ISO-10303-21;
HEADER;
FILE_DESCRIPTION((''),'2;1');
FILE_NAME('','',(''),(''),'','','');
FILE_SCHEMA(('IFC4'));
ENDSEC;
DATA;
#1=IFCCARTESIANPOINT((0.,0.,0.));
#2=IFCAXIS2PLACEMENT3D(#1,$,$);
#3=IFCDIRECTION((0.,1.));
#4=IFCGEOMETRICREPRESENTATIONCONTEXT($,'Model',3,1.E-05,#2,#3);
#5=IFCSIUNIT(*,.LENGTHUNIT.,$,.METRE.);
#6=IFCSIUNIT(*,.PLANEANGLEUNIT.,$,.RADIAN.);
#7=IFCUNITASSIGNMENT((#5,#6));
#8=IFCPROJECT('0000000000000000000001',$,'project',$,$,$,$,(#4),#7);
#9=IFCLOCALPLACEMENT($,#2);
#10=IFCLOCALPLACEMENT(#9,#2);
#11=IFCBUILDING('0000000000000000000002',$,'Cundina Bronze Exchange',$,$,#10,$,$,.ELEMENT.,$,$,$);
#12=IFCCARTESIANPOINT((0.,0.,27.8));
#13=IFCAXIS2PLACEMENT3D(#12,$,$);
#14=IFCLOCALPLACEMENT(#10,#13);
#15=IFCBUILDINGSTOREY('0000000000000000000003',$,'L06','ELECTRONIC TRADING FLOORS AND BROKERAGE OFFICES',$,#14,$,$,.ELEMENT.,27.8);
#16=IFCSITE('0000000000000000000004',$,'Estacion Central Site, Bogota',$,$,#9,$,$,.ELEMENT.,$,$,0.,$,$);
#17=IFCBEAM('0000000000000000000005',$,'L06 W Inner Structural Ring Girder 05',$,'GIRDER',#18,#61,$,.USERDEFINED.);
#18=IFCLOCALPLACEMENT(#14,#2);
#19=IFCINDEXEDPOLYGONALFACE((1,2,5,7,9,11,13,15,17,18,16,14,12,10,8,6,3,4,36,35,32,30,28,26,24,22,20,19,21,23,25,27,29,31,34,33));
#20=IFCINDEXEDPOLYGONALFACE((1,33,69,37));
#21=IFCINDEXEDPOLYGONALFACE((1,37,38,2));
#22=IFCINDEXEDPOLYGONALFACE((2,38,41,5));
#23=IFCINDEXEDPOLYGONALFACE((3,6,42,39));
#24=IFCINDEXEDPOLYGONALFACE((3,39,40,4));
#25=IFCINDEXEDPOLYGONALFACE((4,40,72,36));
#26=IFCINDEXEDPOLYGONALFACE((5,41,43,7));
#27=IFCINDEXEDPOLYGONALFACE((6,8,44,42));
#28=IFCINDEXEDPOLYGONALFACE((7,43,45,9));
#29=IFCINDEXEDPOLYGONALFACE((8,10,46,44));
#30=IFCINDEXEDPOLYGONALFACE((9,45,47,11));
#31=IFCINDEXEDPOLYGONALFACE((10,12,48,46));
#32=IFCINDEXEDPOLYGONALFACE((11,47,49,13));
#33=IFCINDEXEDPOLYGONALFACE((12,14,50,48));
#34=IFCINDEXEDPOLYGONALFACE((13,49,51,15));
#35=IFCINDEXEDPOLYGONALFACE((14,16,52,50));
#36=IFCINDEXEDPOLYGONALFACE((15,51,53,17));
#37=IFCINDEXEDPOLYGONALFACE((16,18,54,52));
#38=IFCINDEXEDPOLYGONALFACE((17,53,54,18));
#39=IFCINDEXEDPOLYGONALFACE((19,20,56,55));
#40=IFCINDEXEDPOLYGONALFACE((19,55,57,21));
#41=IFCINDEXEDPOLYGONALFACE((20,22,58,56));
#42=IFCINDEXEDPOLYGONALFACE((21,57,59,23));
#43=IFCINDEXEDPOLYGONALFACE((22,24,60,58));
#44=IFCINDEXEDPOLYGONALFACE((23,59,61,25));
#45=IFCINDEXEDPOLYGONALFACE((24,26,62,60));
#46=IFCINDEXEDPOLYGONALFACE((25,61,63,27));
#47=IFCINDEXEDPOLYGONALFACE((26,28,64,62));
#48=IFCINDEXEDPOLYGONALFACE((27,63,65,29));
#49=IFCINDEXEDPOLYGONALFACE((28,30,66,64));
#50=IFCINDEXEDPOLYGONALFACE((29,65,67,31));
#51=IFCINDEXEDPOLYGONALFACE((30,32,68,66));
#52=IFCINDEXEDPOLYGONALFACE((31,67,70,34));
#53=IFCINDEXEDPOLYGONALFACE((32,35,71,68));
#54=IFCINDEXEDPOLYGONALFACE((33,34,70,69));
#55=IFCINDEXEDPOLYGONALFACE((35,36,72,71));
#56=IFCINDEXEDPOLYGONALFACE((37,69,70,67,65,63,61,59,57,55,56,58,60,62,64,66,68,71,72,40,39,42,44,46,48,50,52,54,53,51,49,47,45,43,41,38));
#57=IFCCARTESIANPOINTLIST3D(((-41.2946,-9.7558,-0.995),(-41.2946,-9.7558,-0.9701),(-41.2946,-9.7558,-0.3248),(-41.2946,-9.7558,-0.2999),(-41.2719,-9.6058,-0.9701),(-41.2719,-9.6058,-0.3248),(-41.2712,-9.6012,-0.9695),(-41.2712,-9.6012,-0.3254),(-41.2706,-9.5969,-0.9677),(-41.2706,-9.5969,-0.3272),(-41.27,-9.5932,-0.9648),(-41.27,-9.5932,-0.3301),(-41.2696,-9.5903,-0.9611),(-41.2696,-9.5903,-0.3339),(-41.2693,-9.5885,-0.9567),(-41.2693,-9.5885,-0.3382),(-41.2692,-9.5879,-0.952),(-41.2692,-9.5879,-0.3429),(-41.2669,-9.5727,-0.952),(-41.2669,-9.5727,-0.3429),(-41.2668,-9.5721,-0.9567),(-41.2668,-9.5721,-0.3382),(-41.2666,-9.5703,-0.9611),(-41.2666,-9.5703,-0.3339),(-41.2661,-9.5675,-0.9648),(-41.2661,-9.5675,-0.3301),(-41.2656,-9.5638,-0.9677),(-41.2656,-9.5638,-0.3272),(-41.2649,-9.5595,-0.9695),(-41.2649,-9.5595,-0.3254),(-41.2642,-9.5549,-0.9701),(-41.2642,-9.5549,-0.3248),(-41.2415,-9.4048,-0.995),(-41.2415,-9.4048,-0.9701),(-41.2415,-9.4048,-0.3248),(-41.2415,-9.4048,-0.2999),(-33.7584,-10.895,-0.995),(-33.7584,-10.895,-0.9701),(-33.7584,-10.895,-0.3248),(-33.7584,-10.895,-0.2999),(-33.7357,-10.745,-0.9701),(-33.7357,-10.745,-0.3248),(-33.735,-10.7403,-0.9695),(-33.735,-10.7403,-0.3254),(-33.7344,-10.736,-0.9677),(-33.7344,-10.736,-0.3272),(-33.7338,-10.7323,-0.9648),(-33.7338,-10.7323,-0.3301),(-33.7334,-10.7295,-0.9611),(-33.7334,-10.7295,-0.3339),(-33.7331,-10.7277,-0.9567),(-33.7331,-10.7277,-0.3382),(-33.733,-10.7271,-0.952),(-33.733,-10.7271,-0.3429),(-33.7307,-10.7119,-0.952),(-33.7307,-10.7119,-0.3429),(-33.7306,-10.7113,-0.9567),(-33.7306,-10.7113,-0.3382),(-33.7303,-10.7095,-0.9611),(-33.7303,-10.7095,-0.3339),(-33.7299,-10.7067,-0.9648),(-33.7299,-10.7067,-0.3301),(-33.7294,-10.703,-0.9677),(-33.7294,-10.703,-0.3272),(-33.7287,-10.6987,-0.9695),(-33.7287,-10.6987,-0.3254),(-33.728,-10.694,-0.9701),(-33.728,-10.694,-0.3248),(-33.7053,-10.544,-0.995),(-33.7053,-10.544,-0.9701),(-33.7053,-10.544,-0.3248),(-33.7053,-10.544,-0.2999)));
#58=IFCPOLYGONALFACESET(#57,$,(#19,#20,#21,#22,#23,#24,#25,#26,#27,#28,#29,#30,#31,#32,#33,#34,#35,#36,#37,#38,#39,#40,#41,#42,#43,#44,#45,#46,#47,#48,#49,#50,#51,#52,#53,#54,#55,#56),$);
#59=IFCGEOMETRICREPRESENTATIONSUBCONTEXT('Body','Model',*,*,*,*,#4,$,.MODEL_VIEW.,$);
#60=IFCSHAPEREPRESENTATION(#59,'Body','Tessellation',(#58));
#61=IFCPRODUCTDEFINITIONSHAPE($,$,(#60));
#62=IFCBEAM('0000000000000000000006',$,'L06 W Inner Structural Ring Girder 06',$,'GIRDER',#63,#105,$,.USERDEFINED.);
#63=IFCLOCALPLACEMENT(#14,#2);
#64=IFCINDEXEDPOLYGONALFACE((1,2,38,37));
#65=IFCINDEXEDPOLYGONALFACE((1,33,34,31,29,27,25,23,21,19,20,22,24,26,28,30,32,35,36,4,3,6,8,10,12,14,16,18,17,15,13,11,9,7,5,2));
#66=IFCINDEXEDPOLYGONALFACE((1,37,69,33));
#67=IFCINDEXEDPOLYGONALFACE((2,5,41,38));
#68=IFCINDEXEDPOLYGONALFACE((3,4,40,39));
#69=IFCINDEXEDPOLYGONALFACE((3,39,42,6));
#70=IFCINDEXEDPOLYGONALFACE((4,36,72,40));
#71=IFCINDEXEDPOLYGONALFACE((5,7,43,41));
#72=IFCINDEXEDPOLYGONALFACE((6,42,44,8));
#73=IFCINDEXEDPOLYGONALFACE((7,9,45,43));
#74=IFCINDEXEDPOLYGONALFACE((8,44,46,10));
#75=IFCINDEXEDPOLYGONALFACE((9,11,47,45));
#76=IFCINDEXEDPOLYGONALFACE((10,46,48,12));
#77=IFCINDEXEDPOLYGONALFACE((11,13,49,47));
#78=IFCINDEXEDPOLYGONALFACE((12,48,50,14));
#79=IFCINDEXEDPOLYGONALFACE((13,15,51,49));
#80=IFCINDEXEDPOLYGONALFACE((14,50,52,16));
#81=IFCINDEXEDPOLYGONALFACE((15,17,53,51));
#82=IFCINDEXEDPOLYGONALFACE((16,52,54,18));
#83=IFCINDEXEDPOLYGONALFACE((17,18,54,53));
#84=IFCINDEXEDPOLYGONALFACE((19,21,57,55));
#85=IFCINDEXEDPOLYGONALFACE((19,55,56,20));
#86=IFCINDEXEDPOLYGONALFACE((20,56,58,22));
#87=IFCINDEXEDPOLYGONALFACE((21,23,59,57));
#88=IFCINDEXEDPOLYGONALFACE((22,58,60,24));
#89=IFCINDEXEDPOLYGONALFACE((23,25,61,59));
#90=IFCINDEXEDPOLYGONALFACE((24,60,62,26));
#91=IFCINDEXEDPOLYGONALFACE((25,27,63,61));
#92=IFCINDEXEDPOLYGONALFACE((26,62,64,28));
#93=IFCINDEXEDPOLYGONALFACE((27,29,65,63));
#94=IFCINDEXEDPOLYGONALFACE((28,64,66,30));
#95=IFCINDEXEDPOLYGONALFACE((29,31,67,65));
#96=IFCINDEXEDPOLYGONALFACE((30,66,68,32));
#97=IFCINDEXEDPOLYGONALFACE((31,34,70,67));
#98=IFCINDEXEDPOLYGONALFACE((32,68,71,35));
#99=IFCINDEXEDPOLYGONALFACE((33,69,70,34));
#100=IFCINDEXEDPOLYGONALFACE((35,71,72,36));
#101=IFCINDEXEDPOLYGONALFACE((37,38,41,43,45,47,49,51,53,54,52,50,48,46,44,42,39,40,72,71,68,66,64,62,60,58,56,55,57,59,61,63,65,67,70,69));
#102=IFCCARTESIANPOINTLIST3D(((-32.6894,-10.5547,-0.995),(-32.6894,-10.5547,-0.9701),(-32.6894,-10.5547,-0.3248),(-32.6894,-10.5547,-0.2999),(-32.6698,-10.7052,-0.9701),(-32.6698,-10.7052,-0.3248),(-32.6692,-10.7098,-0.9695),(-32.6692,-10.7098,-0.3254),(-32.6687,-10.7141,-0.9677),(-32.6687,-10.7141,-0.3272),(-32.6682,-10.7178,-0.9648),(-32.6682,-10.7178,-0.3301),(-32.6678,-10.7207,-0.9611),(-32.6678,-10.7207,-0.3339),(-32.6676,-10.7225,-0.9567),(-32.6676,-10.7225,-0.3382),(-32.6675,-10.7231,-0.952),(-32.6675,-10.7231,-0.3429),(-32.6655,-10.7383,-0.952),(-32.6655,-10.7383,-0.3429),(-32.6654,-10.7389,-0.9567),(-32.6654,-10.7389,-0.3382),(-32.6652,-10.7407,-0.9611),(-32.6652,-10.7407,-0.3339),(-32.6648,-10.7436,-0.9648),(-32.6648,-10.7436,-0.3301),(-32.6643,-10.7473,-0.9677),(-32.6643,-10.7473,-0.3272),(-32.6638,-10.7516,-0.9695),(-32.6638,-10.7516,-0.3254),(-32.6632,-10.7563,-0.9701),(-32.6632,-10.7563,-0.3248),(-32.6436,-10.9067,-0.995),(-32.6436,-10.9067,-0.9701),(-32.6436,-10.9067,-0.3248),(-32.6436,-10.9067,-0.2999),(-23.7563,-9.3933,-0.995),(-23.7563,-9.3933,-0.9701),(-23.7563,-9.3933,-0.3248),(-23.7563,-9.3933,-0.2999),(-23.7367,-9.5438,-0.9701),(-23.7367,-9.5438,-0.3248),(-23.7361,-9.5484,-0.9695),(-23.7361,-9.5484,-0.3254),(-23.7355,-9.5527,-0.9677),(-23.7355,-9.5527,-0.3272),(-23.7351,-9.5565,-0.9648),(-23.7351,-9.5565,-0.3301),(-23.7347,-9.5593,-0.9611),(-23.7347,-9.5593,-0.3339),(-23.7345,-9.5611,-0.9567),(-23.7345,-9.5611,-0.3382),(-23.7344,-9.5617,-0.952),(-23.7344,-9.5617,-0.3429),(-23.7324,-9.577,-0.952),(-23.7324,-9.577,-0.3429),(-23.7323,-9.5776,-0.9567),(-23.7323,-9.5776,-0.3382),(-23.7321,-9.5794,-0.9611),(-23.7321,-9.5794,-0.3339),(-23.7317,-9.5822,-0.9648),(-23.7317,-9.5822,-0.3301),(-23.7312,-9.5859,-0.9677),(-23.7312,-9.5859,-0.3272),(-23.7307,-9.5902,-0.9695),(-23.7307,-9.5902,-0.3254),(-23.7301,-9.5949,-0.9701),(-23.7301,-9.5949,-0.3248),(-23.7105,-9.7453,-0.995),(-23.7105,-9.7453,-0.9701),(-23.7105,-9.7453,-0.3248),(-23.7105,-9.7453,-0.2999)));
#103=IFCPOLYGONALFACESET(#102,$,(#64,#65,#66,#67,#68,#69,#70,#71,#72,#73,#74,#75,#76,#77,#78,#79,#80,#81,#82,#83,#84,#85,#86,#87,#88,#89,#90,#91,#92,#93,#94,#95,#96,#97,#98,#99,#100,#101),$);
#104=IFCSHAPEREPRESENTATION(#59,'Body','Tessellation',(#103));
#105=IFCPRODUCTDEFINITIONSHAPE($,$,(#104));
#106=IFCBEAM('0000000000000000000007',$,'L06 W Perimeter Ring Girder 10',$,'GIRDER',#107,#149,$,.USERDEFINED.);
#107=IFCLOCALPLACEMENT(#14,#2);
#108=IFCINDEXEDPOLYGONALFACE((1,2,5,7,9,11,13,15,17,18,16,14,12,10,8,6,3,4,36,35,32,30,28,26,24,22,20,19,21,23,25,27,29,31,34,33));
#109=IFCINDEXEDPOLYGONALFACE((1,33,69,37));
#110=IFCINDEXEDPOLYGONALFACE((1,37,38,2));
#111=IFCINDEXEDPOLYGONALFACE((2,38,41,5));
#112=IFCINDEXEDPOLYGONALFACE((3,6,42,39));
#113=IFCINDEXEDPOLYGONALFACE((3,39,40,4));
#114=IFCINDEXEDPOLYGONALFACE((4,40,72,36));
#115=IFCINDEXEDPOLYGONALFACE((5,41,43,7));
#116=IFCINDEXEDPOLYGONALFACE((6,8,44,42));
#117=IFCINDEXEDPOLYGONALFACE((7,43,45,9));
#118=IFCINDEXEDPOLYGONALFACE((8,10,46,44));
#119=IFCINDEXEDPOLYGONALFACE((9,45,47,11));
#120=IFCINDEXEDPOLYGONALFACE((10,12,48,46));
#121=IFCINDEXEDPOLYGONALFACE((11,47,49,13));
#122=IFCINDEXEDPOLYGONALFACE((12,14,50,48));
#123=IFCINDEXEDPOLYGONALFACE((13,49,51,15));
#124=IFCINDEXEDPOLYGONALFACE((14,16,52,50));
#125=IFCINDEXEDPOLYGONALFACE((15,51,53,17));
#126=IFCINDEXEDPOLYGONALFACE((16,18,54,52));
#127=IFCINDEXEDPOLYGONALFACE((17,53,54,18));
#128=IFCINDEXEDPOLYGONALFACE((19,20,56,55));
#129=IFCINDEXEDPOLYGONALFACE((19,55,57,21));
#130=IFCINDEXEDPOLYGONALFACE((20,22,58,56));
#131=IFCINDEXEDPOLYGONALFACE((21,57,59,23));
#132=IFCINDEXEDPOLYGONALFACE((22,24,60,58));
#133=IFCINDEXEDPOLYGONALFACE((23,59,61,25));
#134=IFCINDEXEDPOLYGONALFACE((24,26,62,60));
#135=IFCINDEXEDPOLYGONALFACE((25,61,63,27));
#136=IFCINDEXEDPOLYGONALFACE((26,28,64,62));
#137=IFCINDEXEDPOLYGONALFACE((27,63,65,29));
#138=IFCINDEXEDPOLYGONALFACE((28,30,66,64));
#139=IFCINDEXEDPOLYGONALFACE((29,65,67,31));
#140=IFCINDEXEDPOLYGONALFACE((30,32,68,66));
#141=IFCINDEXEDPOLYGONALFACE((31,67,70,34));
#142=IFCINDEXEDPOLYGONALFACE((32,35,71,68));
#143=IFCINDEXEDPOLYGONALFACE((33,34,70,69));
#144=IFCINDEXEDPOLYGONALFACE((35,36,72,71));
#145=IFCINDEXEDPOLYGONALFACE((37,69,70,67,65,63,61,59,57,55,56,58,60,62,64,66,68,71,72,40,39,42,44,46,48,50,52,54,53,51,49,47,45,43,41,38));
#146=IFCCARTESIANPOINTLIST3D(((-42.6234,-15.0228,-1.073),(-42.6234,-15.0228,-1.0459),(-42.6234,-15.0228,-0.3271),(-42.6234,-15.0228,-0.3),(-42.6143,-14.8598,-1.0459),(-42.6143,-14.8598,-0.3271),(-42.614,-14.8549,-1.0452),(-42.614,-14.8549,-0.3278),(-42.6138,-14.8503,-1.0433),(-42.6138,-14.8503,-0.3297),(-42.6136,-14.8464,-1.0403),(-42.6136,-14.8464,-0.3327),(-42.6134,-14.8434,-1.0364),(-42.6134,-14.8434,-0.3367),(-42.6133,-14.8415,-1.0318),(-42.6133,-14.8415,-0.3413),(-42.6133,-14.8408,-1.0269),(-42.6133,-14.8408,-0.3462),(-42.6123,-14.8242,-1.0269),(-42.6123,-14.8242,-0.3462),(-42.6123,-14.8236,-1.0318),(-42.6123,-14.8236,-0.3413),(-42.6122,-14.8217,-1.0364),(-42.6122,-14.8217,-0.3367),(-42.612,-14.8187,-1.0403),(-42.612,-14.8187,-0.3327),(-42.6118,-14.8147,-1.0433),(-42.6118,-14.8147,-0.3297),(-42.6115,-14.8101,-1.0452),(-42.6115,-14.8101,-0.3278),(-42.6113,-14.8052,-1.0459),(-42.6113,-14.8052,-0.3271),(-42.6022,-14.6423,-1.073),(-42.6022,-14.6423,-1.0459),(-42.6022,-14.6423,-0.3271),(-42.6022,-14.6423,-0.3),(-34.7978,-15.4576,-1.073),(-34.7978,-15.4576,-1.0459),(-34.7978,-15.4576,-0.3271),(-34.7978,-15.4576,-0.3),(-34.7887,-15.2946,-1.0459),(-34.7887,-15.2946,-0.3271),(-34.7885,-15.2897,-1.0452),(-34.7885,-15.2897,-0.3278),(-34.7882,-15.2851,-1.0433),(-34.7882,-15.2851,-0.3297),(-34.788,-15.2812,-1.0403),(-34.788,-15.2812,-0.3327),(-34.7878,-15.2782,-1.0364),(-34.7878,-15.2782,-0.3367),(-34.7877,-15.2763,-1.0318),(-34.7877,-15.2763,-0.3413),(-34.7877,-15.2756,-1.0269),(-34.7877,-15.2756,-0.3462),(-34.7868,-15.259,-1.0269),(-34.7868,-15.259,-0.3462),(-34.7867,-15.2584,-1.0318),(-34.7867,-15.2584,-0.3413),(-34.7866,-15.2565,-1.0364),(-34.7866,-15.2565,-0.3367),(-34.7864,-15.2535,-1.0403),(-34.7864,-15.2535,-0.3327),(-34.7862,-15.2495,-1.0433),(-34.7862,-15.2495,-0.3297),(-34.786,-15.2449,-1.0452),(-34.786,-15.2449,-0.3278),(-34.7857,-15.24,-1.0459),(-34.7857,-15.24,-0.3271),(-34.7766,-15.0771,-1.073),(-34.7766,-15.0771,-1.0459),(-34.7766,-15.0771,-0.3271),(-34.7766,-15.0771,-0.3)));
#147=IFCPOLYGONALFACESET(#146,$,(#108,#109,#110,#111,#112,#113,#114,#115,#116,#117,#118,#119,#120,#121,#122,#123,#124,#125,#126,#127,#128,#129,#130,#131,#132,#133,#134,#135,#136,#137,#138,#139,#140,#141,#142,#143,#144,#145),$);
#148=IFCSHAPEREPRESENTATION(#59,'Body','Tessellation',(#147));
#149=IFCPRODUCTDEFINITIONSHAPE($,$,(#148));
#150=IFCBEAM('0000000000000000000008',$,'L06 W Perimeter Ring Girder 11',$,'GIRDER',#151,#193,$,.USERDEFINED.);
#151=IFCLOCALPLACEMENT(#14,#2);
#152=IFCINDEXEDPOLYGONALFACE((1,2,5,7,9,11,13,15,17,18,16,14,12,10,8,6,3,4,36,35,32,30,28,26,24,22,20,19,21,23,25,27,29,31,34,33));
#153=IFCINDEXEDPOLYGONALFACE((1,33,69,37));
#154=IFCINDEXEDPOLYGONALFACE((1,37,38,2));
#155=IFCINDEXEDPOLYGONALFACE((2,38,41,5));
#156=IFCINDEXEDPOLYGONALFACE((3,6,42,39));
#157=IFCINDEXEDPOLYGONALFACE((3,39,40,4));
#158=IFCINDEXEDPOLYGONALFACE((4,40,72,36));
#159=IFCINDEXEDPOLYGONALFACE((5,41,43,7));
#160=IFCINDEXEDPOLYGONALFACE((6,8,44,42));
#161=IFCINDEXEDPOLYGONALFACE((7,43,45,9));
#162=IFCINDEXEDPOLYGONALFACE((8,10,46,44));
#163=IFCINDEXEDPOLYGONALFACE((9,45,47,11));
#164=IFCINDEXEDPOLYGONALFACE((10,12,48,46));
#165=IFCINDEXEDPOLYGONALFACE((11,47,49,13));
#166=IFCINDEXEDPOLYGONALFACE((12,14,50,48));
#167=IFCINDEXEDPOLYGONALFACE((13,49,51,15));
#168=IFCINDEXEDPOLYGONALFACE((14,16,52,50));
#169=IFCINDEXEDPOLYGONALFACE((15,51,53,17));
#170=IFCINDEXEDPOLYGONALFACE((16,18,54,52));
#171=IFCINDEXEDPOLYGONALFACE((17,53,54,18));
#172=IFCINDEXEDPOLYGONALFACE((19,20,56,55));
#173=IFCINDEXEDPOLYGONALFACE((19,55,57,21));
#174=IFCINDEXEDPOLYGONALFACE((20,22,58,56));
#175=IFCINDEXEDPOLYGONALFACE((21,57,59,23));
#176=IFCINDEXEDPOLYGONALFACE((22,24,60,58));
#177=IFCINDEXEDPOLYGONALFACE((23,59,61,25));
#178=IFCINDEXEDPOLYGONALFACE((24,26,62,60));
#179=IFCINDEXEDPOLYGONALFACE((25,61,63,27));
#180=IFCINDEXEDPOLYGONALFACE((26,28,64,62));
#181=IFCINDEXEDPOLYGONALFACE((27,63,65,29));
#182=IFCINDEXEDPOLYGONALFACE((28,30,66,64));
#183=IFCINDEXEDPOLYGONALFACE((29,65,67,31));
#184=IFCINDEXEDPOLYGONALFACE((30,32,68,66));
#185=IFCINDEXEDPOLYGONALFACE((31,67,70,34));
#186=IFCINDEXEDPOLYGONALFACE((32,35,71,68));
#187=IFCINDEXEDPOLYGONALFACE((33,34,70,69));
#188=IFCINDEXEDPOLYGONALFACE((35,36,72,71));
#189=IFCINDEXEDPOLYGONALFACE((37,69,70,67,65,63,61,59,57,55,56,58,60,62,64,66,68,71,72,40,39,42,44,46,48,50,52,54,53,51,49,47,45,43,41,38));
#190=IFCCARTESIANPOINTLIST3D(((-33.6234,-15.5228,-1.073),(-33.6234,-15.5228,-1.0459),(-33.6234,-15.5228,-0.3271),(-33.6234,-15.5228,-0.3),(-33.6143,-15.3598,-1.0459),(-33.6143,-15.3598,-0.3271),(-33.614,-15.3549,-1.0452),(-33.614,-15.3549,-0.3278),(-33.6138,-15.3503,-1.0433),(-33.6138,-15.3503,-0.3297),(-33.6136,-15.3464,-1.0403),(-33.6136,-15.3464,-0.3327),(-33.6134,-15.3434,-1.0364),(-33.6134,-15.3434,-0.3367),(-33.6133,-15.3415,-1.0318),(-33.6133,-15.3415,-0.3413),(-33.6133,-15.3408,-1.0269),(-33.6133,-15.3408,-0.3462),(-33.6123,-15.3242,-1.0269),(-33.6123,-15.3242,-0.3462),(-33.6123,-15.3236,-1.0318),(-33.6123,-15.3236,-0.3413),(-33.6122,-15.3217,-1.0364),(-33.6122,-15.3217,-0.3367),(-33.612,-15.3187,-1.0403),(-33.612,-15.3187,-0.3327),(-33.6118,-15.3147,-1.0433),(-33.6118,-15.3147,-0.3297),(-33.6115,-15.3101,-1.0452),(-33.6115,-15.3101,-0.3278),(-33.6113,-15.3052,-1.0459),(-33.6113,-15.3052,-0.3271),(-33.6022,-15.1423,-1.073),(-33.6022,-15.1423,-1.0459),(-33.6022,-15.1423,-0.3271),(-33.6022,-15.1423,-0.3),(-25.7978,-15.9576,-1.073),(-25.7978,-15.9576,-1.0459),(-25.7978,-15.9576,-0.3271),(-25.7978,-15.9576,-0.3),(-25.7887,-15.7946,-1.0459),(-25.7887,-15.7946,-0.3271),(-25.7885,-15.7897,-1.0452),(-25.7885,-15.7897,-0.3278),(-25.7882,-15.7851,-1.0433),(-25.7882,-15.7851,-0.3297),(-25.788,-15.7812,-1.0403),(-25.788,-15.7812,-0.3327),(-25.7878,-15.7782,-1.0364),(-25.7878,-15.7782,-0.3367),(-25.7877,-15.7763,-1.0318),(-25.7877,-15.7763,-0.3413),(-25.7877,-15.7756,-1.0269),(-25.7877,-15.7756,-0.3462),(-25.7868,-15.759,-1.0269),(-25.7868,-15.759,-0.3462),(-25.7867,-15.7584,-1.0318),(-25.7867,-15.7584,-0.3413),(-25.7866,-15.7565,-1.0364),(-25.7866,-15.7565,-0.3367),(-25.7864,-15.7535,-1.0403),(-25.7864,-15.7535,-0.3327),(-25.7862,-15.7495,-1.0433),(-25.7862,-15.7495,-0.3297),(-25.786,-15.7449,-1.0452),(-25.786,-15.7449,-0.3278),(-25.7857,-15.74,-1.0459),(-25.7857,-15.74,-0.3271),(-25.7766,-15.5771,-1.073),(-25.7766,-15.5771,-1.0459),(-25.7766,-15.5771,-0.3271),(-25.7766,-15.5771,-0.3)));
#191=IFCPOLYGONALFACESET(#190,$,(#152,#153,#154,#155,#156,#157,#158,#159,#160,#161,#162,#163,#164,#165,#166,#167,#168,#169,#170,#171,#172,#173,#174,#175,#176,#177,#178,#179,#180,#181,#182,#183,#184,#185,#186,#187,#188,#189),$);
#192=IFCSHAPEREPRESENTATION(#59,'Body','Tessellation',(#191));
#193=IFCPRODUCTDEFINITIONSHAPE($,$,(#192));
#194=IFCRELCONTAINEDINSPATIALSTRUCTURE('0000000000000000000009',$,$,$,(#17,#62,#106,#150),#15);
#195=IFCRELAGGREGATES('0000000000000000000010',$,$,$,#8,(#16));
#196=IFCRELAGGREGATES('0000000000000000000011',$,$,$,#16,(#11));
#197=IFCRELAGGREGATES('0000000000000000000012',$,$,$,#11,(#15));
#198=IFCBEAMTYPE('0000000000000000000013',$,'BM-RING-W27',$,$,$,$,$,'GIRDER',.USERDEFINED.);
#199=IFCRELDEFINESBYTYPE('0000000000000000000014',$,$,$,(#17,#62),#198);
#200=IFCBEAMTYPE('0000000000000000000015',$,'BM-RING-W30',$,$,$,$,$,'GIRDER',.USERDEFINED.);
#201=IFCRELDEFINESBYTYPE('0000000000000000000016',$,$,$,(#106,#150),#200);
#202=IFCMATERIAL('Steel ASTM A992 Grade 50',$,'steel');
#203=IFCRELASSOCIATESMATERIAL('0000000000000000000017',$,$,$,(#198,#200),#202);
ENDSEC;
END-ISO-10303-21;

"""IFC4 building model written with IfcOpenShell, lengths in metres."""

from ifc_helpers import new_model, si_unit, direction, frame, origin, origin_2d, place, context, subcontext, project, spatial, i_section, extrude, material, material_profile, profile_set, type_object, element, save


model = new_model("IFC4")

# Units and contexts
model_context = context("Model", 3, precision=1e-05, world=origin(), true_north=direction((0.0, 1.0)))
body_context = subcontext(model_context, "Body", "Model", "MODEL_VIEW")
ifc_project = project(units=[si_unit("LENGTHUNIT", "METRE"), si_unit("PLANEANGLEUNIT", "RADIAN")], contexts=[model_context])

# Site, building, storey
site_placement = place(None, origin())
site = spatial("IfcSite", under=ifc_project, at=site_placement, Name="Estacion Central Site, Bogota", CompositionType="ELEMENT", RefElevation=0.0)
building_placement = place(site_placement, origin())
building = spatial("IfcBuilding", under=site, at=building_placement, Name="Cundina Bronze Exchange", CompositionType="ELEMENT")
storey_placement = place(building_placement, frame((0.0, 0.0, 27.8)))
storey = spatial("IfcBuildingStorey", under=building, at=storey_placement, Name="L06", Description="ELECTRONIC TRADING FLOORS AND BROKERAGE OFFICES", CompositionType="ELEMENT", Elevation=27.8)

# Beams
ifc_material_1 = material(Name="Steel ASTM A992 Grade 50", Category="steel")
ifc_material_profile_1 = material_profile(ifc_material_1, i_section(OverallWidth=0.355, OverallDepth=0.6951, WebThickness=0.0154, FlangeThickness=0.0249, FilletRadius=0.0181, at=origin_2d()), Name="W27X146", Category="steel")
ifc_profile_set_1 = profile_set([ifc_material_profile_1], Name="Steel ASTM A992 Grade 50")
beam_type_1 = type_object("IfcBeamType", Name="BM-RING-W27", ElementType="GIRDER", PredefinedType="USERDEFINED", material=ifc_profile_set_1)
beam_1_placement = place(storey_placement, frame((-41.2681, -9.5803, -0.6475), z_axis=(0.988767, -0.149462, 0.0), x_axis=(0.149462, 0.988767, 0.0)))
element("IfcBeam", 1, at=beam_1_placement, inside=storey, type_object=beam_type_1, Name="L06 W Inner Structural Ring Girder 05", ObjectType="GIRDER", PredefinedType="USERDEFINED", context=body_context, shape_type="SweptSolid", body=[
    extrude(i_section(OverallWidth=0.355, OverallDepth=0.6951, WebThickness=0.0154, FlangeThickness=0.0249, FilletRadius=0.0181, at=origin_2d()), origin(), (0.0, 0.0, 1.0), 7.6218),
])
beam_2_placement = place(storey_placement, frame((-32.6665, -10.7307, -0.6475), z_axis=(0.991655, 0.128923, 0.0), x_axis=(-0.128923, 0.991655, 0.0)))
element("IfcBeam", 2, at=beam_2_placement, inside=storey, type_object=beam_type_1, Name="L06 W Inner Structural Ring Girder 06", ObjectType="GIRDER", PredefinedType="USERDEFINED", context=body_context, shape_type="SweptSolid", body=[
    extrude(i_section(OverallWidth=0.355, OverallDepth=0.6951, WebThickness=0.0154, FlangeThickness=0.0249, FilletRadius=0.0181, at=origin_2d()), origin(), (0.0, 0.0, 1.0), 9.0083),
])
ifc_material_profile_2 = material_profile(ifc_material_1, i_section(OverallWidth=0.3811, OverallDepth=0.7729, WebThickness=0.0166, FlangeThickness=0.0271, FilletRadius=0.019, at=origin_2d()), Name="W30X173", Category="steel")
ifc_profile_set_2 = profile_set([ifc_material_profile_2], Name="Steel ASTM A992 Grade 50")
beam_type_2 = type_object("IfcBeamType", Name="BM-RING-W30", ElementType="GIRDER", PredefinedType="USERDEFINED", material=ifc_profile_set_2)
for number, where, z_axis, x_axis, name in (
    (3, (-42.6128, -14.8325, -0.6865), (0.99846, -0.055477, 0.0), (0.055477, 0.99846, 0.0), "L06 W Perimeter Ring Girder 10"),
    (4, (-33.6128, -15.3325, -0.6865), (0.99846, -0.055477, 0.0), (0.055477, 0.99846, 0.0), "L06 W Perimeter Ring Girder 11"),
):
    element("IfcBeam", number, at=place(storey_placement, frame(where, z_axis=z_axis, x_axis=x_axis)), inside=storey, type_object=beam_type_2, Name=name, ObjectType="GIRDER", PredefinedType="USERDEFINED", context=body_context, shape_type="SweptSolid", body=[
        extrude(i_section(OverallWidth=0.3811, OverallDepth=0.7729, WebThickness=0.0166, FlangeThickness=0.0271, FilletRadius=0.019, at=origin_2d()), origin(), (0.0, 0.0, 1.0), 7.8376),
    ])

save(model, "model.ifc")
